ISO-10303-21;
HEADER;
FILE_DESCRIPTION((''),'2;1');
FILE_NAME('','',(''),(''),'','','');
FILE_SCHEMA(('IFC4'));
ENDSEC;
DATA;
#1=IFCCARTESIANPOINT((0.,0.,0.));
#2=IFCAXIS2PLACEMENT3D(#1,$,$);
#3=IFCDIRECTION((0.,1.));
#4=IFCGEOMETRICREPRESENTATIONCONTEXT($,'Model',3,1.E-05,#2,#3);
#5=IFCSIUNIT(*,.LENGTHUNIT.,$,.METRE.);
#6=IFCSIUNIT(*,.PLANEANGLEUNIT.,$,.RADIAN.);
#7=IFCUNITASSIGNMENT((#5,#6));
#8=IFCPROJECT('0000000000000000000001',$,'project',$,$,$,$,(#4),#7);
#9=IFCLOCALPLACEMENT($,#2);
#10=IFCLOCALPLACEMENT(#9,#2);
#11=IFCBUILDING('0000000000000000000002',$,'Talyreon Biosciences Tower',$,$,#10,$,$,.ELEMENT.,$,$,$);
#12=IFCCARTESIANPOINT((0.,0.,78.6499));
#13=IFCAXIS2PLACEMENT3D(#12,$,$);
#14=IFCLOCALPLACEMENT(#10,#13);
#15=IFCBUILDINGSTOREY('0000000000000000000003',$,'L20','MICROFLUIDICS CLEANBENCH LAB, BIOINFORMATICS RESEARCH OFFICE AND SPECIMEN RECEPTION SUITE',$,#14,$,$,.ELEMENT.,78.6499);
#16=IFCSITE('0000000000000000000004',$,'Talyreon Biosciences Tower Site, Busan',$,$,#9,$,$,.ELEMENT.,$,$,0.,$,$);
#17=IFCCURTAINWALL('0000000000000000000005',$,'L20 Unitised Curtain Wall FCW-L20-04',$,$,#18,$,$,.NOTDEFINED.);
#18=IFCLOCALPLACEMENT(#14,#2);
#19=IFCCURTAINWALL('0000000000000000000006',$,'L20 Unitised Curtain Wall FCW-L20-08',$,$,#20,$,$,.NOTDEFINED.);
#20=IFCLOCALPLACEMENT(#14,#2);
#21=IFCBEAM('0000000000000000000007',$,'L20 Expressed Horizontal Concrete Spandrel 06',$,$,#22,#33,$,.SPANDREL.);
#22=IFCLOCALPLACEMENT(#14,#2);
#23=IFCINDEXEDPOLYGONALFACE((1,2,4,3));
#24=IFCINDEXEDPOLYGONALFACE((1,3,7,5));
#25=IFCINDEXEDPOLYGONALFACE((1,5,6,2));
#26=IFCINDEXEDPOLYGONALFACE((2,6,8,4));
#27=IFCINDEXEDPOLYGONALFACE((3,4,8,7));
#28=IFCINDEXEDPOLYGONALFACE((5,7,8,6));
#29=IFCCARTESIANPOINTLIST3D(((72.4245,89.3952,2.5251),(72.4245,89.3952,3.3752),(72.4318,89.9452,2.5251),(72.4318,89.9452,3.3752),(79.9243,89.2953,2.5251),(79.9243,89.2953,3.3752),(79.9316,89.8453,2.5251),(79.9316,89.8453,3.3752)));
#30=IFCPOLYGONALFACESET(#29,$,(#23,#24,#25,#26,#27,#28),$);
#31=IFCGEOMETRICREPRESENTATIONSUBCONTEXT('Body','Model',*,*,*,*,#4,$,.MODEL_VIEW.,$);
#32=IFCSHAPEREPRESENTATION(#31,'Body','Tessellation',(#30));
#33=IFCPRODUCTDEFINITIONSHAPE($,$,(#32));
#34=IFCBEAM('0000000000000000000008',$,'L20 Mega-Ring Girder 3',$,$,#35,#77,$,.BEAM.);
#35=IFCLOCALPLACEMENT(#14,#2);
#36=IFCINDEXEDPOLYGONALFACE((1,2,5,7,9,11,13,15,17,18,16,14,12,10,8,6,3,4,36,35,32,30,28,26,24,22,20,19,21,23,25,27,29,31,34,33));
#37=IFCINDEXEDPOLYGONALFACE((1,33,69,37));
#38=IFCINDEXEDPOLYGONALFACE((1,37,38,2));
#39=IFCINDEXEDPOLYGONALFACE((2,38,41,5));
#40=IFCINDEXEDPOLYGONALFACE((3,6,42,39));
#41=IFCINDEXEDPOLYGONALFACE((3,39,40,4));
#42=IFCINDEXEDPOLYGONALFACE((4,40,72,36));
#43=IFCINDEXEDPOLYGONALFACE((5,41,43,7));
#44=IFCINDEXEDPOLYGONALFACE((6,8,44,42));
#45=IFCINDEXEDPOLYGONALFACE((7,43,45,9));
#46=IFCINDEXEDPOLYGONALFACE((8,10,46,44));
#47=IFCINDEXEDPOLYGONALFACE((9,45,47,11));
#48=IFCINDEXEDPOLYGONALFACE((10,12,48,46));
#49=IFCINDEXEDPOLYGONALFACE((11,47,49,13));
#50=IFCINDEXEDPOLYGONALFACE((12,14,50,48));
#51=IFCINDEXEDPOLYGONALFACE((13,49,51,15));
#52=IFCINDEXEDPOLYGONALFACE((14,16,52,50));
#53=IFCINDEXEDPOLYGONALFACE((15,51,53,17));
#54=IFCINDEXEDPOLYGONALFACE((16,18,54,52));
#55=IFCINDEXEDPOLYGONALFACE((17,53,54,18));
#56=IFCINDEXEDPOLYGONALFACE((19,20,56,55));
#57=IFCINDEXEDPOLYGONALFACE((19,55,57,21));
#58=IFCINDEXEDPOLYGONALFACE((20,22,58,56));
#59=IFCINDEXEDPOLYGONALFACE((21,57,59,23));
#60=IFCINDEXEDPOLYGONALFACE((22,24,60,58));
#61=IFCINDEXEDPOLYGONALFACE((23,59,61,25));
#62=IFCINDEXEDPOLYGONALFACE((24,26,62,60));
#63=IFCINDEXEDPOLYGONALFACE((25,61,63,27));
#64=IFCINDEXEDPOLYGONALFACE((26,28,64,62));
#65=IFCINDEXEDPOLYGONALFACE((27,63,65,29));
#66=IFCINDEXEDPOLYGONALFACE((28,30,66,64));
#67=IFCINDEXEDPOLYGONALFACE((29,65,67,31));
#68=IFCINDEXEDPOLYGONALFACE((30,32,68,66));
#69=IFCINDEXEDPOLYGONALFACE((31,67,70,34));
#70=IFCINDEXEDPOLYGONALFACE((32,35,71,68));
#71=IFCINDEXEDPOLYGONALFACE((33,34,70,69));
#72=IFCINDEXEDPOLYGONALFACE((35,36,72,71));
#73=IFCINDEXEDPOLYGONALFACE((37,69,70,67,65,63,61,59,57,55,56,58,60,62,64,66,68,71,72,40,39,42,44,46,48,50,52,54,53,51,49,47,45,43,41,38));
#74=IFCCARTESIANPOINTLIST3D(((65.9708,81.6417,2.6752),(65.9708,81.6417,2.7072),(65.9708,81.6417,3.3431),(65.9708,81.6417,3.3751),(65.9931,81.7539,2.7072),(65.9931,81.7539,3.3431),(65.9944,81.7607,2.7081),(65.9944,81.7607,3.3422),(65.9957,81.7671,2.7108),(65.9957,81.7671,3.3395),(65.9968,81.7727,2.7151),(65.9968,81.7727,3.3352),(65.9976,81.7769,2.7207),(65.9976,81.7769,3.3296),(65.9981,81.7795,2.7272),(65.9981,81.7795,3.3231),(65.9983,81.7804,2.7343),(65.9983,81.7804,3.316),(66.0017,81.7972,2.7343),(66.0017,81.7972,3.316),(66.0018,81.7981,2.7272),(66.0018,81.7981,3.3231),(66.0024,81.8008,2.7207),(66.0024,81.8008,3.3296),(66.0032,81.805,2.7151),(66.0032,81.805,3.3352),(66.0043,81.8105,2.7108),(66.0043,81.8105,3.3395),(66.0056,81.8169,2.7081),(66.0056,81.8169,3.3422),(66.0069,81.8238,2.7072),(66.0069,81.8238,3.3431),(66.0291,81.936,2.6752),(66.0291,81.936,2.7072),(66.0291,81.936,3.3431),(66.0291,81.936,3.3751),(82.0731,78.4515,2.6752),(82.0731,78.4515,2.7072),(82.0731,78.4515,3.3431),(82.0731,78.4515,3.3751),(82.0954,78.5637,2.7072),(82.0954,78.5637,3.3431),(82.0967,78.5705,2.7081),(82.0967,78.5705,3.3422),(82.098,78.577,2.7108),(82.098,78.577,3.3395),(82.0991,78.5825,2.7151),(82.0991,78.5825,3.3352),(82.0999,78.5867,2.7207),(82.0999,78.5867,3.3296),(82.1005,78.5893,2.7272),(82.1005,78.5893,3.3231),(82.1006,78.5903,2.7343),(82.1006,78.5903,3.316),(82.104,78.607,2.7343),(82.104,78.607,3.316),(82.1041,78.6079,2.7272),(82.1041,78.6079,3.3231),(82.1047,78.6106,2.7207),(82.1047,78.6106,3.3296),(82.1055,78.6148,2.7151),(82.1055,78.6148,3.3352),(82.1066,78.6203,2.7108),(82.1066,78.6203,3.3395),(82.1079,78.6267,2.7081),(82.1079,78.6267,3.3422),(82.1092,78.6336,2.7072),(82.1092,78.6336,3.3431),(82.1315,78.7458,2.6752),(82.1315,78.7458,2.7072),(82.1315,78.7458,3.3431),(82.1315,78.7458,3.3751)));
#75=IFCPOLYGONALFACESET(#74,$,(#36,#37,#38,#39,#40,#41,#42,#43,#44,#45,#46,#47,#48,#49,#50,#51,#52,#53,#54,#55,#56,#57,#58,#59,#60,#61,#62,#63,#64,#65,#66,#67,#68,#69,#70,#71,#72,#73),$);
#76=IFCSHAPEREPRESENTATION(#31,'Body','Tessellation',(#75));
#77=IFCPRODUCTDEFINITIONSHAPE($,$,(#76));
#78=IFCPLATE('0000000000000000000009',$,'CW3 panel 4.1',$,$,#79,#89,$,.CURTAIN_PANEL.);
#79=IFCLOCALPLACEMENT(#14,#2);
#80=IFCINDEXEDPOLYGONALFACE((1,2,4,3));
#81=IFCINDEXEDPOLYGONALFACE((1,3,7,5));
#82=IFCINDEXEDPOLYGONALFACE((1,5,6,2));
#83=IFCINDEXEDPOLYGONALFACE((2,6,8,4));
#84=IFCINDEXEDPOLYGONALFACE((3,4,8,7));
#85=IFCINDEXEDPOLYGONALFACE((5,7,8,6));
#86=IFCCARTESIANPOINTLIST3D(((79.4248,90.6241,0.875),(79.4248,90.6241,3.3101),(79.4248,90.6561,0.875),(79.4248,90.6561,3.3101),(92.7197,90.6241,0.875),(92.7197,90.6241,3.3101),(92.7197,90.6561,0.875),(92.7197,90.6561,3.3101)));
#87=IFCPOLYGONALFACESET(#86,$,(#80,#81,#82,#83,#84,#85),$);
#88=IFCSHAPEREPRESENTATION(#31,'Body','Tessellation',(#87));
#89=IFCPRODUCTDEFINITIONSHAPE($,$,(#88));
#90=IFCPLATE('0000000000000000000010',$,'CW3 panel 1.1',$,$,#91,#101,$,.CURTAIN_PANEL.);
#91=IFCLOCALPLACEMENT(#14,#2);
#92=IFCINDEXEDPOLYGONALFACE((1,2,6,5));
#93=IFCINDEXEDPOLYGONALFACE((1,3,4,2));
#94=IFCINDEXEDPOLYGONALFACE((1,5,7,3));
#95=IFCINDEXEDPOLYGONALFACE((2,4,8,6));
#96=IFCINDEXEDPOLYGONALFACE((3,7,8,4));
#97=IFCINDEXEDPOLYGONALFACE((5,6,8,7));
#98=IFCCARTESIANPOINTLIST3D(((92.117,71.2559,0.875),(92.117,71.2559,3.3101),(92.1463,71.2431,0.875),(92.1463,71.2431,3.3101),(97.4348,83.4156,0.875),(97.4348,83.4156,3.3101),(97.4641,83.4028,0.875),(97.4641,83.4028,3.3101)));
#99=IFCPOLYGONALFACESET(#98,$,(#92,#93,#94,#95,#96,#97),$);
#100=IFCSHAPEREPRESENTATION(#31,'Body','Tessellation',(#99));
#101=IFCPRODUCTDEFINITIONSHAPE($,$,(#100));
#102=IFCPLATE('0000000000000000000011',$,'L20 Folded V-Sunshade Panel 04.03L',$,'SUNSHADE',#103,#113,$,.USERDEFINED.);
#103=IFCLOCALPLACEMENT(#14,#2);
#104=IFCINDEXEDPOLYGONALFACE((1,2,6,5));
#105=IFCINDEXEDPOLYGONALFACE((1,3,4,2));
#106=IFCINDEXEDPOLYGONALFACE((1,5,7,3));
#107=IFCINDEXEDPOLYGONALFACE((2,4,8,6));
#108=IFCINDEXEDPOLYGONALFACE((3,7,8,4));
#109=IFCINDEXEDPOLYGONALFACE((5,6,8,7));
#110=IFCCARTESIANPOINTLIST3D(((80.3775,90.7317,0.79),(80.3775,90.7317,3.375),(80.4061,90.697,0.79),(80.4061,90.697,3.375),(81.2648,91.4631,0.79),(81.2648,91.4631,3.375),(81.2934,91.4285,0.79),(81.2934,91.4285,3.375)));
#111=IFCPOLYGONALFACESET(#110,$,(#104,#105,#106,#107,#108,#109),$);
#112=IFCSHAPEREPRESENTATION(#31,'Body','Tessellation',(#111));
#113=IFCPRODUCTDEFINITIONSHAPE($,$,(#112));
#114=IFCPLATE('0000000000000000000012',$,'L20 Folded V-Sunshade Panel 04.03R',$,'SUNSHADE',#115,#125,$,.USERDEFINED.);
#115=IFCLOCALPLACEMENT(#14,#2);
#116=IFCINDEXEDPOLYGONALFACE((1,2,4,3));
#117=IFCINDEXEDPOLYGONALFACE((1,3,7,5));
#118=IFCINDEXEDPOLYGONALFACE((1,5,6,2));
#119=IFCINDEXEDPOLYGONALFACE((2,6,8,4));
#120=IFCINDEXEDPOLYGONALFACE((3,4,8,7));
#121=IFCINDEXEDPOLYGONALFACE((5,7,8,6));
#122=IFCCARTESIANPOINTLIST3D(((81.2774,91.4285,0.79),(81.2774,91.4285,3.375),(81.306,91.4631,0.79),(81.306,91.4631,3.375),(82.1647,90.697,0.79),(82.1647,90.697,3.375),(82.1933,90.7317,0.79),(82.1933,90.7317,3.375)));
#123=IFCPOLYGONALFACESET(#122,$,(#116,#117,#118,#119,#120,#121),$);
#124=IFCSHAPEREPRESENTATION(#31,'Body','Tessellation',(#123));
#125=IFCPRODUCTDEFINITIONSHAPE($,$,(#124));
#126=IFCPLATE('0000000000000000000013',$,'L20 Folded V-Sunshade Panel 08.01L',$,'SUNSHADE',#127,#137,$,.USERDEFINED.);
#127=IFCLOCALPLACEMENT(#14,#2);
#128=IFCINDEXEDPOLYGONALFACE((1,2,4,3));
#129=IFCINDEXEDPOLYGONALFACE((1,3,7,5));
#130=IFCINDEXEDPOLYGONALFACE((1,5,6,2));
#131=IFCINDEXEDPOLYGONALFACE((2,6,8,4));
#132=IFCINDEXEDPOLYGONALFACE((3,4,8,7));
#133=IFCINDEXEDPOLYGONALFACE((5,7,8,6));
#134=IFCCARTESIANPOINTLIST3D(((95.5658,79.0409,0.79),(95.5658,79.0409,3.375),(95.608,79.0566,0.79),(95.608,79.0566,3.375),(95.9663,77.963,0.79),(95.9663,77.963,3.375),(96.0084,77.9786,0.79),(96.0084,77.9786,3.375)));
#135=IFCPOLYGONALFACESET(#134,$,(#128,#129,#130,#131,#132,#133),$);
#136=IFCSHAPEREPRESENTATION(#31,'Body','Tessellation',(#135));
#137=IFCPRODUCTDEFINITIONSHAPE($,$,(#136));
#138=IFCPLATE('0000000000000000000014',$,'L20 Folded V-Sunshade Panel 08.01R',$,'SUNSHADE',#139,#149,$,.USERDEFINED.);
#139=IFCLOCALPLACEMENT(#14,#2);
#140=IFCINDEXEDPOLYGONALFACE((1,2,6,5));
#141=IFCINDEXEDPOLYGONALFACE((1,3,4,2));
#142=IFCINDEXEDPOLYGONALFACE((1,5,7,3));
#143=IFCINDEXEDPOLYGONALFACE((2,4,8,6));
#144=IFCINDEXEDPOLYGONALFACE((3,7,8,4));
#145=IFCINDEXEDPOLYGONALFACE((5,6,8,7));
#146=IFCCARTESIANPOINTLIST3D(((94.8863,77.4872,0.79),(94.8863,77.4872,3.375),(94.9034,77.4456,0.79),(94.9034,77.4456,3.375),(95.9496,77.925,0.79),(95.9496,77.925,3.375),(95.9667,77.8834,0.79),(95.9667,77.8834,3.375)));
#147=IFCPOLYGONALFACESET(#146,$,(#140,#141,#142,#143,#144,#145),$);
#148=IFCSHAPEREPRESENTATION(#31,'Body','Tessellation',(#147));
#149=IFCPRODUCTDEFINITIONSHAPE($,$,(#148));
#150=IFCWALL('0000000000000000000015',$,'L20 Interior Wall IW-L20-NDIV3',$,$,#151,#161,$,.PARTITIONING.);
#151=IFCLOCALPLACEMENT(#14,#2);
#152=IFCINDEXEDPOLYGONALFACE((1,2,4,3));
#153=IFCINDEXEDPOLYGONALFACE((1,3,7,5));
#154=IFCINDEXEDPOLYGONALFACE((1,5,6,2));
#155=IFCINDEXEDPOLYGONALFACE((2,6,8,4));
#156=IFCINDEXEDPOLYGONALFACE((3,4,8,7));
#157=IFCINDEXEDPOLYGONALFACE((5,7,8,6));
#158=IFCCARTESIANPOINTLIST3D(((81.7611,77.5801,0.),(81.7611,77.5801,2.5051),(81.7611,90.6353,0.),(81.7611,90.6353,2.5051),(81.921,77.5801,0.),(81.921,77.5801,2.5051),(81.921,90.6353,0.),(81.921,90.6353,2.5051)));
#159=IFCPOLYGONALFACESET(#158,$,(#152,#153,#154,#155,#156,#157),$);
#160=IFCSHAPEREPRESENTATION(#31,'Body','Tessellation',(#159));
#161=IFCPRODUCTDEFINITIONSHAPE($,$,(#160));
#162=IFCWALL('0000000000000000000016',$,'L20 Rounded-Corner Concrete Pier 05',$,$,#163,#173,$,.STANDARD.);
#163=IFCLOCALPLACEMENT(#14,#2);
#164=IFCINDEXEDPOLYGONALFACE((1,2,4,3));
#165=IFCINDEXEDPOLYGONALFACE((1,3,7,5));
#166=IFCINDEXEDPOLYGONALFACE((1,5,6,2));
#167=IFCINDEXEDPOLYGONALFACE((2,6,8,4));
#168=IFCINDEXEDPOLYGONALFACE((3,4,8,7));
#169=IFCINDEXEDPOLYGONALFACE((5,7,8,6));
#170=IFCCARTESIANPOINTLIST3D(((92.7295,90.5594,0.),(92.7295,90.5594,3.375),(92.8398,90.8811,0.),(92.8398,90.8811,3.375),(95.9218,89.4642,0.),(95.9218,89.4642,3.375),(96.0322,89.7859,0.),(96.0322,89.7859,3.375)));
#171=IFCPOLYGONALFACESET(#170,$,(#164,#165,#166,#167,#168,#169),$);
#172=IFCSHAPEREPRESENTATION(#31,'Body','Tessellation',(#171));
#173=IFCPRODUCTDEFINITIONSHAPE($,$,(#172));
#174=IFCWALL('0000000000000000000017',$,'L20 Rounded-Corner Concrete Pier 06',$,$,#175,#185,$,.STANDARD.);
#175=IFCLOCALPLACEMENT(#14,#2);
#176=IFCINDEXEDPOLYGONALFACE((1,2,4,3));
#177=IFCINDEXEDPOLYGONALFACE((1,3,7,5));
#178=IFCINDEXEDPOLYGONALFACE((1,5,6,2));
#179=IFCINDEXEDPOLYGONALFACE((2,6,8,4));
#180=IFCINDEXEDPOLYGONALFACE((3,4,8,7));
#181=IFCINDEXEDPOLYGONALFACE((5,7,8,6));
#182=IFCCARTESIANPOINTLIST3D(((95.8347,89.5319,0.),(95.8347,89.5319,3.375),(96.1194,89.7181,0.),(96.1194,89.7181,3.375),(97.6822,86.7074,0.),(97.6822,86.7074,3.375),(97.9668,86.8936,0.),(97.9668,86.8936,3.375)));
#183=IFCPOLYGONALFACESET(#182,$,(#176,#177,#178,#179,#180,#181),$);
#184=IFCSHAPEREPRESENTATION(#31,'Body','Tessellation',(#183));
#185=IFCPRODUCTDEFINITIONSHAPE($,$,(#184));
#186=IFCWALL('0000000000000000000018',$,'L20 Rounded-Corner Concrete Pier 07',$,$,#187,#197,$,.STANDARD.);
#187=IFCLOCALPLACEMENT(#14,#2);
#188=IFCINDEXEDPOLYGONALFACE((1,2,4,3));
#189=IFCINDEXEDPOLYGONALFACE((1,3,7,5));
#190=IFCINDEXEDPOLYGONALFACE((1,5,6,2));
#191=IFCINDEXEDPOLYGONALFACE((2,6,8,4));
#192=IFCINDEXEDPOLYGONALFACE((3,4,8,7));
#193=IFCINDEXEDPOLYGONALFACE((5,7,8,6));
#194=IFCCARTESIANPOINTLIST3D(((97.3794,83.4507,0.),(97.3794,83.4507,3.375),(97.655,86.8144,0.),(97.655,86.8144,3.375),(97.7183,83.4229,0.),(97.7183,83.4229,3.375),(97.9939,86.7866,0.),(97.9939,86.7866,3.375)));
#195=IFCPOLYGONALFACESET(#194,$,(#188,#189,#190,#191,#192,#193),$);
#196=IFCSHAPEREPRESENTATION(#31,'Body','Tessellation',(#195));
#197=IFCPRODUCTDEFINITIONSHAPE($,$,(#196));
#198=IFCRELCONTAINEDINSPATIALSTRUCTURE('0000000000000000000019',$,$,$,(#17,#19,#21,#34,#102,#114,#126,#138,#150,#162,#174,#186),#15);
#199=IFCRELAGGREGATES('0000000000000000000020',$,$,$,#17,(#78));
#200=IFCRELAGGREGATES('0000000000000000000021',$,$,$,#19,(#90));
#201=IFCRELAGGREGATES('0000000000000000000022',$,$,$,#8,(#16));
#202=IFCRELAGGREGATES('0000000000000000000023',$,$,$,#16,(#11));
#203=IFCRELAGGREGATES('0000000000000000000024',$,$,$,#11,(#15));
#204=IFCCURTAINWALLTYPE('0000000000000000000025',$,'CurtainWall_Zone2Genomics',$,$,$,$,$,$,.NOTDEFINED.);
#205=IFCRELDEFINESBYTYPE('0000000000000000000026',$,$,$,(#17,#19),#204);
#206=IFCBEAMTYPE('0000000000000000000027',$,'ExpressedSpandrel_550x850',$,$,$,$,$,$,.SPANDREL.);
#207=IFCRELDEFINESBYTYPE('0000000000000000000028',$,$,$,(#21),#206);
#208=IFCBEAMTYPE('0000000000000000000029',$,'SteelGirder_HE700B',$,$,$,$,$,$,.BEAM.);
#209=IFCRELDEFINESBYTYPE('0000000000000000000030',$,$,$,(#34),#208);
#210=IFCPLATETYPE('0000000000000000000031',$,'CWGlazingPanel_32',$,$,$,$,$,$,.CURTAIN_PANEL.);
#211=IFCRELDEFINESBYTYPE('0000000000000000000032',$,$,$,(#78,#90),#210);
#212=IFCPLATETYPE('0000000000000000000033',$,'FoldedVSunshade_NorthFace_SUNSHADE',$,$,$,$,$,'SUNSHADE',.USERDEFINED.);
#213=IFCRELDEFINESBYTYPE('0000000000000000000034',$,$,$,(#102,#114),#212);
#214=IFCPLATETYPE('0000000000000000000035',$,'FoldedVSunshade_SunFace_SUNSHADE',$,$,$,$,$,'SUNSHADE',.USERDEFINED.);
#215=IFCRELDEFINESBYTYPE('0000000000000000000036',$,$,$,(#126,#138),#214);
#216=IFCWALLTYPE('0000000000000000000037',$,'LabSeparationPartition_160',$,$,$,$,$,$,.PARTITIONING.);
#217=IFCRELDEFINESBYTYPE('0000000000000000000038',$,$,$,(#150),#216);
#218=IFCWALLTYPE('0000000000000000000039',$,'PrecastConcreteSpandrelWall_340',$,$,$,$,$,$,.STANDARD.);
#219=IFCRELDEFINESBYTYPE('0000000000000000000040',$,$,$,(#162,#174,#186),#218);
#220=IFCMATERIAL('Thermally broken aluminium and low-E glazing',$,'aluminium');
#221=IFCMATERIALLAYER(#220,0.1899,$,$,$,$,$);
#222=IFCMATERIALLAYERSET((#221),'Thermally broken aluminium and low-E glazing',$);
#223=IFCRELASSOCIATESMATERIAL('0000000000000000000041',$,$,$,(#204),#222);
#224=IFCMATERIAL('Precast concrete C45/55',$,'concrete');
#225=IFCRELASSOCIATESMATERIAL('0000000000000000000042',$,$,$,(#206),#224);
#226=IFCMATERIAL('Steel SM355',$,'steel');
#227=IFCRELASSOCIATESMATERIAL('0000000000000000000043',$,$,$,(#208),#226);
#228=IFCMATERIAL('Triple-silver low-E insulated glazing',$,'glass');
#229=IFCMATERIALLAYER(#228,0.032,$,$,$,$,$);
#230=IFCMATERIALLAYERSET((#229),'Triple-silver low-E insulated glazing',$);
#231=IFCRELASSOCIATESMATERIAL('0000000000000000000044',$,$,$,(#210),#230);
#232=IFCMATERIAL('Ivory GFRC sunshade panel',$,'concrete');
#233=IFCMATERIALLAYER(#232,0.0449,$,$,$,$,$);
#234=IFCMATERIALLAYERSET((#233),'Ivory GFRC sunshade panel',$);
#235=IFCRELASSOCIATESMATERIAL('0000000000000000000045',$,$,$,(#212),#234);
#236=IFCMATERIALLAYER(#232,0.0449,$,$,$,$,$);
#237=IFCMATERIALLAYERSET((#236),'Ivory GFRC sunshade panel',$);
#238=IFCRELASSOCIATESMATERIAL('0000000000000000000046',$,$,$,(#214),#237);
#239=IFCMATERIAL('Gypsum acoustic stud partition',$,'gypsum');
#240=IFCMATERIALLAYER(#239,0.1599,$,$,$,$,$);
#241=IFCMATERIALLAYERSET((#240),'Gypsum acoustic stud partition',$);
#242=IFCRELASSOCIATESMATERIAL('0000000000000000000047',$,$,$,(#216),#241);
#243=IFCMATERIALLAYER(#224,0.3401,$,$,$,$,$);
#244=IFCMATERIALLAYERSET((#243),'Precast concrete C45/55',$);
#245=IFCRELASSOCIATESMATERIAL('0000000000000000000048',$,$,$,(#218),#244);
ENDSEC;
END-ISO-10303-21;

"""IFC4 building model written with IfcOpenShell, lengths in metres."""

from ifc_helpers import new_model, si_unit, direction, frame, frame_2d, origin, origin_2d, place, context, subcontext, project, spatial, rectangle, i_section, extrude, material, layer, layer_set, material_profile, profile_set, type_object, element, aggregate, save


model = new_model("IFC4")

# Units and contexts
model_context = context("Model", 3, precision=1e-05, world=origin(), true_north=direction((0.0, 1.0)))
body_context = subcontext(model_context, "Body", "Model", "MODEL_VIEW")
ifc_project = project(units=[si_unit("LENGTHUNIT", "METRE"), si_unit("PLANEANGLEUNIT", "RADIAN")], contexts=[model_context])

# Site, building, storey
site_placement = place(None, origin())
site = spatial("IfcSite", under=ifc_project, at=site_placement, Name="Talyreon Biosciences Tower Site, Busan", CompositionType="ELEMENT", RefElevation=0.0)
building_placement = place(site_placement, origin())
building = spatial("IfcBuilding", under=site, at=building_placement, Name="Talyreon Biosciences Tower", CompositionType="ELEMENT")
storey_placement = place(building_placement, frame((0.0, 0.0, 78.6499)))
storey = spatial("IfcBuildingStorey", under=building, at=storey_placement, Name="L20", Description="MICROFLUIDICS CLEANBENCH LAB, BIOINFORMATICS RESEARCH OFFICE AND SPECIMEN RECEPTION SUITE", CompositionType="ELEMENT", Elevation=78.6499)

# Curtain wall
ifc_material_1 = material(Name="Thermally broken aluminium and low-E glazing", Category="aluminium")
ifc_layer_1 = layer(ifc_material_1, 0.1899)
ifc_layer_set_1 = layer_set([ifc_layer_1], Name="Thermally broken aluminium and low-E glazing")
curtain_wall_type = type_object("IfcCurtainWallType", Name="CurtainWall_Zone2Genomics", PredefinedType="NOTDEFINED", material=ifc_layer_set_1)
curtain_wall_1_placement = place(storey_placement, origin())
curtain_wall_1 = element("IfcCurtainWall", 1, at=curtain_wall_1_placement, inside=storey, type_object=curtain_wall_type, Name="L20 Unitised Curtain Wall FCW-L20-04", PredefinedType="NOTDEFINED")

# Curtain wall
curtain_wall_2_placement = place(storey_placement, origin())
curtain_wall_2 = element("IfcCurtainWall", 2, at=curtain_wall_2_placement, inside=storey, type_object=curtain_wall_type, Name="L20 Unitised Curtain Wall FCW-L20-08", PredefinedType="NOTDEFINED")

# Beams
ifc_material_2 = material(Name="Precast concrete C45/55", Category="concrete")
ifc_material_profile_1 = material_profile(ifc_material_2, rectangle(XDim=0.55, YDim=0.8501, at=origin_2d()), Name="RCB 550x850")
ifc_profile_set_1 = profile_set([ifc_material_profile_1], Name="Precast concrete C45/55")
beam_type_1 = type_object("IfcBeamType", Name="ExpressedSpandrel_550x850", PredefinedType="SPANDREL", material=ifc_profile_set_1)
beam_1_placement = place(storey_placement, frame((79.928, 89.5703, 2.9502), z_axis=(-0.999911, 0.013313, 0.0), x_axis=(-0.013313, -0.999911, 0.0)))
element("IfcBeam", 3, at=beam_1_placement, inside=storey, type_object=beam_type_1, Name="L20 Expressed Horizontal Concrete Spandrel 06", PredefinedType="SPANDREL", context=body_context, shape_type="SweptSolid", body=[
    extrude(rectangle(XDim=0.55, YDim=0.8501, at=origin_2d()), origin(), (0.0, 0.0, 1.0), 7.5005),
])
ifc_material_3 = material(Name="Steel SM355", Category="steel")
ifc_material_profile_2 = material_profile(ifc_material_3, i_section(OverallWidth=0.3, OverallDepth=0.7, WebThickness=0.0171, FlangeThickness=0.032, FilletRadius=0.0271, at=origin_2d()), Name="HE700B")
ifc_profile_set_2 = profile_set([ifc_material_profile_2], Name="Steel SM355")
beam_type_2 = type_object("IfcBeamType", Name="SteelGirder_HE700B", PredefinedType="BEAM", material=ifc_profile_set_2)
beam_2_placement = place(storey_placement, frame((82.1023, 78.5986, 3.0251), z_axis=(-0.980934, 0.194343, 0.0), x_axis=(-0.194343, -0.980934, 0.0)))
element("IfcBeam", 4, at=beam_2_placement, inside=storey, type_object=beam_type_2, Name="L20 Mega-Ring Girder 3", PredefinedType="BEAM", context=body_context, shape_type="SweptSolid", body=[
    extrude(i_section(OverallWidth=0.3, OverallDepth=0.7, WebThickness=0.0171, FlangeThickness=0.032, FilletRadius=0.0271, at=origin_2d()), origin(), (0.0, 0.0, 1.0), 16.4153),
])

# Plates
ifc_material_4 = material(Name="Triple-silver low-E insulated glazing", Category="glass")
ifc_layer_2 = layer(ifc_material_4, 0.032)
ifc_layer_set_2 = layer_set([ifc_layer_2], Name="Triple-silver low-E insulated glazing")
plate_type_1 = type_object("IfcPlateType", Name="CWGlazingPanel_32", PredefinedType="CURTAIN_PANEL", material=ifc_layer_set_2)
plate_1_placement = place(storey_placement, frame((86.0723, 90.6401, 0.875), z_axis=(0.0, 0.0, 1.0), x_axis=(1.0, 0.0, 0.0)))
plate_1 = element("IfcPlate", 5, at=plate_1_placement, type_object=plate_type_1, Name="CW3 panel 4.1", PredefinedType="CURTAIN_PANEL", context=body_context, shape_type="SweptSolid", body=[
    extrude(rectangle(XDim=13.2949, YDim=0.032, at=origin_2d()), origin(), (0.0, 0.0, 1.0), 2.4351),
])
aggregate(curtain_wall_1, [plate_1])
plate_2_placement = place(storey_placement, frame((94.7905, 77.3293, 0.875), z_axis=(0.0, 0.0, 1.0), x_axis=(-0.400689, -0.916214, 0.0)))
plate_2 = element("IfcPlate", 6, at=plate_2_placement, type_object=plate_type_1, Name="CW3 panel 1.1", PredefinedType="CURTAIN_PANEL", context=body_context, shape_type="SweptSolid", body=[
    extrude(rectangle(XDim=13.2717, YDim=0.032, at=origin_2d()), origin(), (0.0, 0.0, 1.0), 2.4351),
])
aggregate(curtain_wall_2, [plate_2])

# Plates
ifc_material_5 = material(Name="Ivory GFRC sunshade panel", Category="concrete")
ifc_layer_3 = layer(ifc_material_5, 0.0449)
ifc_layer_set_3 = layer_set([ifc_layer_3], Name="Ivory GFRC sunshade panel")
plate_type_2 = type_object("IfcPlateType", Name="FoldedVSunshade_NorthFace_SUNSHADE", ElementType="SUNSHADE", PredefinedType="USERDEFINED", material=ifc_layer_set_3)
for number, where, z_axis, x_axis, name in (
    (7, (80.8354, 91.0801, 0.79), (0.0, 0.0, 1.0), (0.771625, 0.636078, 0.0), "L20 Folded V-Sunshade Panel 04.03L"),
    (8, (81.7354, 91.0801, 0.79), (0.0, 0.0, 1.0), (0.771625, -0.636078, 0.0), "L20 Folded V-Sunshade Panel 04.03R"),
):
    element("IfcPlate", number, at=place(storey_placement, frame(where, z_axis=z_axis, x_axis=x_axis)), inside=storey, type_object=plate_type_2, Name=name, ObjectType="SUNSHADE", PredefinedType="USERDEFINED", context=body_context, shape_type="SweptSolid", body=[
        extrude(rectangle(XDim=1.1499, YDim=0.0449, at=origin_2d()), origin(), (0.0, 0.0, 1.0), 2.585),
    ])
ifc_layer_4 = layer(ifc_material_5, 0.0449)
ifc_layer_set_4 = layer_set([ifc_layer_4], Name="Ivory GFRC sunshade panel")
plate_type_3 = type_object("IfcPlateType", Name="FoldedVSunshade_SunFace_SUNSHADE", ElementType="SUNSHADE", PredefinedType="USERDEFINED", material=ifc_layer_set_4)
for number, where, z_axis, x_axis, name in (
    (9, (95.7871, 78.5098, 0.79), (0.0, 0.0, 1.0), (0.348228, -0.93741, 0.0), "L20 Folded V-Sunshade Panel 08.01L"),
    (10, (95.4265, 77.6853, 0.79), (0.0, 0.0, 1.0), (-0.924686, -0.380731, 0.0), "L20 Folded V-Sunshade Panel 08.01R"),
):
    element("IfcPlate", number, at=place(storey_placement, frame(where, z_axis=z_axis, x_axis=x_axis)), inside=storey, type_object=plate_type_3, Name=name, ObjectType="SUNSHADE", PredefinedType="USERDEFINED", context=body_context, shape_type="SweptSolid", body=[
        extrude(rectangle(XDim=1.1499, YDim=0.0449, at=origin_2d()), origin(), (0.0, 0.0, 1.0), 2.585),
    ])

# Walls
ifc_material_6 = material(Name="Gypsum acoustic stud partition", Category="gypsum")
ifc_layer_5 = layer(ifc_material_6, 0.1599)
ifc_layer_set_5 = layer_set([ifc_layer_5], Name="Gypsum acoustic stud partition")
wall_type_1 = type_object("IfcWallType", Name="LabSeparationPartition_160", PredefinedType="PARTITIONING", material=ifc_layer_set_5)
wall_1_placement = place(storey_placement, frame((81.8411, 77.5801, 0.0), z_axis=(0.0, 0.0, 1.0), x_axis=(0.0, 1.0, 0.0)))
element("IfcWall", 11, at=wall_1_placement, inside=storey, type_object=wall_type_1, Name="L20 Interior Wall IW-L20-NDIV3", PredefinedType="PARTITIONING", context=body_context, shape_type="SweptSolid", body=[
    extrude(rectangle(XDim=13.0552, YDim=0.1599, at=frame_2d((6.5276, 0.0))), origin(), (0.0, 0.0, 1.0), 2.5051),
])
ifc_layer_6 = layer(ifc_material_2, 0.3401)
ifc_layer_set_6 = layer_set([ifc_layer_6], Name="Precast concrete C45/55")
wall_type_2 = type_object("IfcWallType", Name="PrecastConcreteSpandrelWall_340", PredefinedType="STANDARD", material=ifc_layer_set_6)
for number, where, z_axis, x_axis, name in (
    (12, (92.7847, 90.7202, 0.0), (0.0, 0.0, 1.0), (0.945884, -0.324506, 0.0), "L20 Rounded-Corner Concrete Pier 05"),
    (13, (95.9771, 89.625, 0.0), (0.0, 0.0, 1.0), (0.547384, -0.836882, 0.0), "L20 Rounded-Corner Concrete Pier 06"),
    (14, (97.8245, 86.8005, 0.0), (0.0, 0.0, 1.0), (-0.081669, -0.99666, 0.0), "L20 Rounded-Corner Concrete Pier 07"),
):
    element("IfcWall", number, at=place(storey_placement, frame(where, z_axis=z_axis, x_axis=x_axis)), inside=storey, type_object=wall_type_2, Name=name, PredefinedType="STANDARD", context=body_context, shape_type="SweptSolid", body=[
        extrude(rectangle(XDim=3.375, YDim=0.3401, at=frame_2d((1.6875, 0.0))), origin(), (0.0, 0.0, 1.0), 3.375),
    ])

save(model, "model.ifc")
